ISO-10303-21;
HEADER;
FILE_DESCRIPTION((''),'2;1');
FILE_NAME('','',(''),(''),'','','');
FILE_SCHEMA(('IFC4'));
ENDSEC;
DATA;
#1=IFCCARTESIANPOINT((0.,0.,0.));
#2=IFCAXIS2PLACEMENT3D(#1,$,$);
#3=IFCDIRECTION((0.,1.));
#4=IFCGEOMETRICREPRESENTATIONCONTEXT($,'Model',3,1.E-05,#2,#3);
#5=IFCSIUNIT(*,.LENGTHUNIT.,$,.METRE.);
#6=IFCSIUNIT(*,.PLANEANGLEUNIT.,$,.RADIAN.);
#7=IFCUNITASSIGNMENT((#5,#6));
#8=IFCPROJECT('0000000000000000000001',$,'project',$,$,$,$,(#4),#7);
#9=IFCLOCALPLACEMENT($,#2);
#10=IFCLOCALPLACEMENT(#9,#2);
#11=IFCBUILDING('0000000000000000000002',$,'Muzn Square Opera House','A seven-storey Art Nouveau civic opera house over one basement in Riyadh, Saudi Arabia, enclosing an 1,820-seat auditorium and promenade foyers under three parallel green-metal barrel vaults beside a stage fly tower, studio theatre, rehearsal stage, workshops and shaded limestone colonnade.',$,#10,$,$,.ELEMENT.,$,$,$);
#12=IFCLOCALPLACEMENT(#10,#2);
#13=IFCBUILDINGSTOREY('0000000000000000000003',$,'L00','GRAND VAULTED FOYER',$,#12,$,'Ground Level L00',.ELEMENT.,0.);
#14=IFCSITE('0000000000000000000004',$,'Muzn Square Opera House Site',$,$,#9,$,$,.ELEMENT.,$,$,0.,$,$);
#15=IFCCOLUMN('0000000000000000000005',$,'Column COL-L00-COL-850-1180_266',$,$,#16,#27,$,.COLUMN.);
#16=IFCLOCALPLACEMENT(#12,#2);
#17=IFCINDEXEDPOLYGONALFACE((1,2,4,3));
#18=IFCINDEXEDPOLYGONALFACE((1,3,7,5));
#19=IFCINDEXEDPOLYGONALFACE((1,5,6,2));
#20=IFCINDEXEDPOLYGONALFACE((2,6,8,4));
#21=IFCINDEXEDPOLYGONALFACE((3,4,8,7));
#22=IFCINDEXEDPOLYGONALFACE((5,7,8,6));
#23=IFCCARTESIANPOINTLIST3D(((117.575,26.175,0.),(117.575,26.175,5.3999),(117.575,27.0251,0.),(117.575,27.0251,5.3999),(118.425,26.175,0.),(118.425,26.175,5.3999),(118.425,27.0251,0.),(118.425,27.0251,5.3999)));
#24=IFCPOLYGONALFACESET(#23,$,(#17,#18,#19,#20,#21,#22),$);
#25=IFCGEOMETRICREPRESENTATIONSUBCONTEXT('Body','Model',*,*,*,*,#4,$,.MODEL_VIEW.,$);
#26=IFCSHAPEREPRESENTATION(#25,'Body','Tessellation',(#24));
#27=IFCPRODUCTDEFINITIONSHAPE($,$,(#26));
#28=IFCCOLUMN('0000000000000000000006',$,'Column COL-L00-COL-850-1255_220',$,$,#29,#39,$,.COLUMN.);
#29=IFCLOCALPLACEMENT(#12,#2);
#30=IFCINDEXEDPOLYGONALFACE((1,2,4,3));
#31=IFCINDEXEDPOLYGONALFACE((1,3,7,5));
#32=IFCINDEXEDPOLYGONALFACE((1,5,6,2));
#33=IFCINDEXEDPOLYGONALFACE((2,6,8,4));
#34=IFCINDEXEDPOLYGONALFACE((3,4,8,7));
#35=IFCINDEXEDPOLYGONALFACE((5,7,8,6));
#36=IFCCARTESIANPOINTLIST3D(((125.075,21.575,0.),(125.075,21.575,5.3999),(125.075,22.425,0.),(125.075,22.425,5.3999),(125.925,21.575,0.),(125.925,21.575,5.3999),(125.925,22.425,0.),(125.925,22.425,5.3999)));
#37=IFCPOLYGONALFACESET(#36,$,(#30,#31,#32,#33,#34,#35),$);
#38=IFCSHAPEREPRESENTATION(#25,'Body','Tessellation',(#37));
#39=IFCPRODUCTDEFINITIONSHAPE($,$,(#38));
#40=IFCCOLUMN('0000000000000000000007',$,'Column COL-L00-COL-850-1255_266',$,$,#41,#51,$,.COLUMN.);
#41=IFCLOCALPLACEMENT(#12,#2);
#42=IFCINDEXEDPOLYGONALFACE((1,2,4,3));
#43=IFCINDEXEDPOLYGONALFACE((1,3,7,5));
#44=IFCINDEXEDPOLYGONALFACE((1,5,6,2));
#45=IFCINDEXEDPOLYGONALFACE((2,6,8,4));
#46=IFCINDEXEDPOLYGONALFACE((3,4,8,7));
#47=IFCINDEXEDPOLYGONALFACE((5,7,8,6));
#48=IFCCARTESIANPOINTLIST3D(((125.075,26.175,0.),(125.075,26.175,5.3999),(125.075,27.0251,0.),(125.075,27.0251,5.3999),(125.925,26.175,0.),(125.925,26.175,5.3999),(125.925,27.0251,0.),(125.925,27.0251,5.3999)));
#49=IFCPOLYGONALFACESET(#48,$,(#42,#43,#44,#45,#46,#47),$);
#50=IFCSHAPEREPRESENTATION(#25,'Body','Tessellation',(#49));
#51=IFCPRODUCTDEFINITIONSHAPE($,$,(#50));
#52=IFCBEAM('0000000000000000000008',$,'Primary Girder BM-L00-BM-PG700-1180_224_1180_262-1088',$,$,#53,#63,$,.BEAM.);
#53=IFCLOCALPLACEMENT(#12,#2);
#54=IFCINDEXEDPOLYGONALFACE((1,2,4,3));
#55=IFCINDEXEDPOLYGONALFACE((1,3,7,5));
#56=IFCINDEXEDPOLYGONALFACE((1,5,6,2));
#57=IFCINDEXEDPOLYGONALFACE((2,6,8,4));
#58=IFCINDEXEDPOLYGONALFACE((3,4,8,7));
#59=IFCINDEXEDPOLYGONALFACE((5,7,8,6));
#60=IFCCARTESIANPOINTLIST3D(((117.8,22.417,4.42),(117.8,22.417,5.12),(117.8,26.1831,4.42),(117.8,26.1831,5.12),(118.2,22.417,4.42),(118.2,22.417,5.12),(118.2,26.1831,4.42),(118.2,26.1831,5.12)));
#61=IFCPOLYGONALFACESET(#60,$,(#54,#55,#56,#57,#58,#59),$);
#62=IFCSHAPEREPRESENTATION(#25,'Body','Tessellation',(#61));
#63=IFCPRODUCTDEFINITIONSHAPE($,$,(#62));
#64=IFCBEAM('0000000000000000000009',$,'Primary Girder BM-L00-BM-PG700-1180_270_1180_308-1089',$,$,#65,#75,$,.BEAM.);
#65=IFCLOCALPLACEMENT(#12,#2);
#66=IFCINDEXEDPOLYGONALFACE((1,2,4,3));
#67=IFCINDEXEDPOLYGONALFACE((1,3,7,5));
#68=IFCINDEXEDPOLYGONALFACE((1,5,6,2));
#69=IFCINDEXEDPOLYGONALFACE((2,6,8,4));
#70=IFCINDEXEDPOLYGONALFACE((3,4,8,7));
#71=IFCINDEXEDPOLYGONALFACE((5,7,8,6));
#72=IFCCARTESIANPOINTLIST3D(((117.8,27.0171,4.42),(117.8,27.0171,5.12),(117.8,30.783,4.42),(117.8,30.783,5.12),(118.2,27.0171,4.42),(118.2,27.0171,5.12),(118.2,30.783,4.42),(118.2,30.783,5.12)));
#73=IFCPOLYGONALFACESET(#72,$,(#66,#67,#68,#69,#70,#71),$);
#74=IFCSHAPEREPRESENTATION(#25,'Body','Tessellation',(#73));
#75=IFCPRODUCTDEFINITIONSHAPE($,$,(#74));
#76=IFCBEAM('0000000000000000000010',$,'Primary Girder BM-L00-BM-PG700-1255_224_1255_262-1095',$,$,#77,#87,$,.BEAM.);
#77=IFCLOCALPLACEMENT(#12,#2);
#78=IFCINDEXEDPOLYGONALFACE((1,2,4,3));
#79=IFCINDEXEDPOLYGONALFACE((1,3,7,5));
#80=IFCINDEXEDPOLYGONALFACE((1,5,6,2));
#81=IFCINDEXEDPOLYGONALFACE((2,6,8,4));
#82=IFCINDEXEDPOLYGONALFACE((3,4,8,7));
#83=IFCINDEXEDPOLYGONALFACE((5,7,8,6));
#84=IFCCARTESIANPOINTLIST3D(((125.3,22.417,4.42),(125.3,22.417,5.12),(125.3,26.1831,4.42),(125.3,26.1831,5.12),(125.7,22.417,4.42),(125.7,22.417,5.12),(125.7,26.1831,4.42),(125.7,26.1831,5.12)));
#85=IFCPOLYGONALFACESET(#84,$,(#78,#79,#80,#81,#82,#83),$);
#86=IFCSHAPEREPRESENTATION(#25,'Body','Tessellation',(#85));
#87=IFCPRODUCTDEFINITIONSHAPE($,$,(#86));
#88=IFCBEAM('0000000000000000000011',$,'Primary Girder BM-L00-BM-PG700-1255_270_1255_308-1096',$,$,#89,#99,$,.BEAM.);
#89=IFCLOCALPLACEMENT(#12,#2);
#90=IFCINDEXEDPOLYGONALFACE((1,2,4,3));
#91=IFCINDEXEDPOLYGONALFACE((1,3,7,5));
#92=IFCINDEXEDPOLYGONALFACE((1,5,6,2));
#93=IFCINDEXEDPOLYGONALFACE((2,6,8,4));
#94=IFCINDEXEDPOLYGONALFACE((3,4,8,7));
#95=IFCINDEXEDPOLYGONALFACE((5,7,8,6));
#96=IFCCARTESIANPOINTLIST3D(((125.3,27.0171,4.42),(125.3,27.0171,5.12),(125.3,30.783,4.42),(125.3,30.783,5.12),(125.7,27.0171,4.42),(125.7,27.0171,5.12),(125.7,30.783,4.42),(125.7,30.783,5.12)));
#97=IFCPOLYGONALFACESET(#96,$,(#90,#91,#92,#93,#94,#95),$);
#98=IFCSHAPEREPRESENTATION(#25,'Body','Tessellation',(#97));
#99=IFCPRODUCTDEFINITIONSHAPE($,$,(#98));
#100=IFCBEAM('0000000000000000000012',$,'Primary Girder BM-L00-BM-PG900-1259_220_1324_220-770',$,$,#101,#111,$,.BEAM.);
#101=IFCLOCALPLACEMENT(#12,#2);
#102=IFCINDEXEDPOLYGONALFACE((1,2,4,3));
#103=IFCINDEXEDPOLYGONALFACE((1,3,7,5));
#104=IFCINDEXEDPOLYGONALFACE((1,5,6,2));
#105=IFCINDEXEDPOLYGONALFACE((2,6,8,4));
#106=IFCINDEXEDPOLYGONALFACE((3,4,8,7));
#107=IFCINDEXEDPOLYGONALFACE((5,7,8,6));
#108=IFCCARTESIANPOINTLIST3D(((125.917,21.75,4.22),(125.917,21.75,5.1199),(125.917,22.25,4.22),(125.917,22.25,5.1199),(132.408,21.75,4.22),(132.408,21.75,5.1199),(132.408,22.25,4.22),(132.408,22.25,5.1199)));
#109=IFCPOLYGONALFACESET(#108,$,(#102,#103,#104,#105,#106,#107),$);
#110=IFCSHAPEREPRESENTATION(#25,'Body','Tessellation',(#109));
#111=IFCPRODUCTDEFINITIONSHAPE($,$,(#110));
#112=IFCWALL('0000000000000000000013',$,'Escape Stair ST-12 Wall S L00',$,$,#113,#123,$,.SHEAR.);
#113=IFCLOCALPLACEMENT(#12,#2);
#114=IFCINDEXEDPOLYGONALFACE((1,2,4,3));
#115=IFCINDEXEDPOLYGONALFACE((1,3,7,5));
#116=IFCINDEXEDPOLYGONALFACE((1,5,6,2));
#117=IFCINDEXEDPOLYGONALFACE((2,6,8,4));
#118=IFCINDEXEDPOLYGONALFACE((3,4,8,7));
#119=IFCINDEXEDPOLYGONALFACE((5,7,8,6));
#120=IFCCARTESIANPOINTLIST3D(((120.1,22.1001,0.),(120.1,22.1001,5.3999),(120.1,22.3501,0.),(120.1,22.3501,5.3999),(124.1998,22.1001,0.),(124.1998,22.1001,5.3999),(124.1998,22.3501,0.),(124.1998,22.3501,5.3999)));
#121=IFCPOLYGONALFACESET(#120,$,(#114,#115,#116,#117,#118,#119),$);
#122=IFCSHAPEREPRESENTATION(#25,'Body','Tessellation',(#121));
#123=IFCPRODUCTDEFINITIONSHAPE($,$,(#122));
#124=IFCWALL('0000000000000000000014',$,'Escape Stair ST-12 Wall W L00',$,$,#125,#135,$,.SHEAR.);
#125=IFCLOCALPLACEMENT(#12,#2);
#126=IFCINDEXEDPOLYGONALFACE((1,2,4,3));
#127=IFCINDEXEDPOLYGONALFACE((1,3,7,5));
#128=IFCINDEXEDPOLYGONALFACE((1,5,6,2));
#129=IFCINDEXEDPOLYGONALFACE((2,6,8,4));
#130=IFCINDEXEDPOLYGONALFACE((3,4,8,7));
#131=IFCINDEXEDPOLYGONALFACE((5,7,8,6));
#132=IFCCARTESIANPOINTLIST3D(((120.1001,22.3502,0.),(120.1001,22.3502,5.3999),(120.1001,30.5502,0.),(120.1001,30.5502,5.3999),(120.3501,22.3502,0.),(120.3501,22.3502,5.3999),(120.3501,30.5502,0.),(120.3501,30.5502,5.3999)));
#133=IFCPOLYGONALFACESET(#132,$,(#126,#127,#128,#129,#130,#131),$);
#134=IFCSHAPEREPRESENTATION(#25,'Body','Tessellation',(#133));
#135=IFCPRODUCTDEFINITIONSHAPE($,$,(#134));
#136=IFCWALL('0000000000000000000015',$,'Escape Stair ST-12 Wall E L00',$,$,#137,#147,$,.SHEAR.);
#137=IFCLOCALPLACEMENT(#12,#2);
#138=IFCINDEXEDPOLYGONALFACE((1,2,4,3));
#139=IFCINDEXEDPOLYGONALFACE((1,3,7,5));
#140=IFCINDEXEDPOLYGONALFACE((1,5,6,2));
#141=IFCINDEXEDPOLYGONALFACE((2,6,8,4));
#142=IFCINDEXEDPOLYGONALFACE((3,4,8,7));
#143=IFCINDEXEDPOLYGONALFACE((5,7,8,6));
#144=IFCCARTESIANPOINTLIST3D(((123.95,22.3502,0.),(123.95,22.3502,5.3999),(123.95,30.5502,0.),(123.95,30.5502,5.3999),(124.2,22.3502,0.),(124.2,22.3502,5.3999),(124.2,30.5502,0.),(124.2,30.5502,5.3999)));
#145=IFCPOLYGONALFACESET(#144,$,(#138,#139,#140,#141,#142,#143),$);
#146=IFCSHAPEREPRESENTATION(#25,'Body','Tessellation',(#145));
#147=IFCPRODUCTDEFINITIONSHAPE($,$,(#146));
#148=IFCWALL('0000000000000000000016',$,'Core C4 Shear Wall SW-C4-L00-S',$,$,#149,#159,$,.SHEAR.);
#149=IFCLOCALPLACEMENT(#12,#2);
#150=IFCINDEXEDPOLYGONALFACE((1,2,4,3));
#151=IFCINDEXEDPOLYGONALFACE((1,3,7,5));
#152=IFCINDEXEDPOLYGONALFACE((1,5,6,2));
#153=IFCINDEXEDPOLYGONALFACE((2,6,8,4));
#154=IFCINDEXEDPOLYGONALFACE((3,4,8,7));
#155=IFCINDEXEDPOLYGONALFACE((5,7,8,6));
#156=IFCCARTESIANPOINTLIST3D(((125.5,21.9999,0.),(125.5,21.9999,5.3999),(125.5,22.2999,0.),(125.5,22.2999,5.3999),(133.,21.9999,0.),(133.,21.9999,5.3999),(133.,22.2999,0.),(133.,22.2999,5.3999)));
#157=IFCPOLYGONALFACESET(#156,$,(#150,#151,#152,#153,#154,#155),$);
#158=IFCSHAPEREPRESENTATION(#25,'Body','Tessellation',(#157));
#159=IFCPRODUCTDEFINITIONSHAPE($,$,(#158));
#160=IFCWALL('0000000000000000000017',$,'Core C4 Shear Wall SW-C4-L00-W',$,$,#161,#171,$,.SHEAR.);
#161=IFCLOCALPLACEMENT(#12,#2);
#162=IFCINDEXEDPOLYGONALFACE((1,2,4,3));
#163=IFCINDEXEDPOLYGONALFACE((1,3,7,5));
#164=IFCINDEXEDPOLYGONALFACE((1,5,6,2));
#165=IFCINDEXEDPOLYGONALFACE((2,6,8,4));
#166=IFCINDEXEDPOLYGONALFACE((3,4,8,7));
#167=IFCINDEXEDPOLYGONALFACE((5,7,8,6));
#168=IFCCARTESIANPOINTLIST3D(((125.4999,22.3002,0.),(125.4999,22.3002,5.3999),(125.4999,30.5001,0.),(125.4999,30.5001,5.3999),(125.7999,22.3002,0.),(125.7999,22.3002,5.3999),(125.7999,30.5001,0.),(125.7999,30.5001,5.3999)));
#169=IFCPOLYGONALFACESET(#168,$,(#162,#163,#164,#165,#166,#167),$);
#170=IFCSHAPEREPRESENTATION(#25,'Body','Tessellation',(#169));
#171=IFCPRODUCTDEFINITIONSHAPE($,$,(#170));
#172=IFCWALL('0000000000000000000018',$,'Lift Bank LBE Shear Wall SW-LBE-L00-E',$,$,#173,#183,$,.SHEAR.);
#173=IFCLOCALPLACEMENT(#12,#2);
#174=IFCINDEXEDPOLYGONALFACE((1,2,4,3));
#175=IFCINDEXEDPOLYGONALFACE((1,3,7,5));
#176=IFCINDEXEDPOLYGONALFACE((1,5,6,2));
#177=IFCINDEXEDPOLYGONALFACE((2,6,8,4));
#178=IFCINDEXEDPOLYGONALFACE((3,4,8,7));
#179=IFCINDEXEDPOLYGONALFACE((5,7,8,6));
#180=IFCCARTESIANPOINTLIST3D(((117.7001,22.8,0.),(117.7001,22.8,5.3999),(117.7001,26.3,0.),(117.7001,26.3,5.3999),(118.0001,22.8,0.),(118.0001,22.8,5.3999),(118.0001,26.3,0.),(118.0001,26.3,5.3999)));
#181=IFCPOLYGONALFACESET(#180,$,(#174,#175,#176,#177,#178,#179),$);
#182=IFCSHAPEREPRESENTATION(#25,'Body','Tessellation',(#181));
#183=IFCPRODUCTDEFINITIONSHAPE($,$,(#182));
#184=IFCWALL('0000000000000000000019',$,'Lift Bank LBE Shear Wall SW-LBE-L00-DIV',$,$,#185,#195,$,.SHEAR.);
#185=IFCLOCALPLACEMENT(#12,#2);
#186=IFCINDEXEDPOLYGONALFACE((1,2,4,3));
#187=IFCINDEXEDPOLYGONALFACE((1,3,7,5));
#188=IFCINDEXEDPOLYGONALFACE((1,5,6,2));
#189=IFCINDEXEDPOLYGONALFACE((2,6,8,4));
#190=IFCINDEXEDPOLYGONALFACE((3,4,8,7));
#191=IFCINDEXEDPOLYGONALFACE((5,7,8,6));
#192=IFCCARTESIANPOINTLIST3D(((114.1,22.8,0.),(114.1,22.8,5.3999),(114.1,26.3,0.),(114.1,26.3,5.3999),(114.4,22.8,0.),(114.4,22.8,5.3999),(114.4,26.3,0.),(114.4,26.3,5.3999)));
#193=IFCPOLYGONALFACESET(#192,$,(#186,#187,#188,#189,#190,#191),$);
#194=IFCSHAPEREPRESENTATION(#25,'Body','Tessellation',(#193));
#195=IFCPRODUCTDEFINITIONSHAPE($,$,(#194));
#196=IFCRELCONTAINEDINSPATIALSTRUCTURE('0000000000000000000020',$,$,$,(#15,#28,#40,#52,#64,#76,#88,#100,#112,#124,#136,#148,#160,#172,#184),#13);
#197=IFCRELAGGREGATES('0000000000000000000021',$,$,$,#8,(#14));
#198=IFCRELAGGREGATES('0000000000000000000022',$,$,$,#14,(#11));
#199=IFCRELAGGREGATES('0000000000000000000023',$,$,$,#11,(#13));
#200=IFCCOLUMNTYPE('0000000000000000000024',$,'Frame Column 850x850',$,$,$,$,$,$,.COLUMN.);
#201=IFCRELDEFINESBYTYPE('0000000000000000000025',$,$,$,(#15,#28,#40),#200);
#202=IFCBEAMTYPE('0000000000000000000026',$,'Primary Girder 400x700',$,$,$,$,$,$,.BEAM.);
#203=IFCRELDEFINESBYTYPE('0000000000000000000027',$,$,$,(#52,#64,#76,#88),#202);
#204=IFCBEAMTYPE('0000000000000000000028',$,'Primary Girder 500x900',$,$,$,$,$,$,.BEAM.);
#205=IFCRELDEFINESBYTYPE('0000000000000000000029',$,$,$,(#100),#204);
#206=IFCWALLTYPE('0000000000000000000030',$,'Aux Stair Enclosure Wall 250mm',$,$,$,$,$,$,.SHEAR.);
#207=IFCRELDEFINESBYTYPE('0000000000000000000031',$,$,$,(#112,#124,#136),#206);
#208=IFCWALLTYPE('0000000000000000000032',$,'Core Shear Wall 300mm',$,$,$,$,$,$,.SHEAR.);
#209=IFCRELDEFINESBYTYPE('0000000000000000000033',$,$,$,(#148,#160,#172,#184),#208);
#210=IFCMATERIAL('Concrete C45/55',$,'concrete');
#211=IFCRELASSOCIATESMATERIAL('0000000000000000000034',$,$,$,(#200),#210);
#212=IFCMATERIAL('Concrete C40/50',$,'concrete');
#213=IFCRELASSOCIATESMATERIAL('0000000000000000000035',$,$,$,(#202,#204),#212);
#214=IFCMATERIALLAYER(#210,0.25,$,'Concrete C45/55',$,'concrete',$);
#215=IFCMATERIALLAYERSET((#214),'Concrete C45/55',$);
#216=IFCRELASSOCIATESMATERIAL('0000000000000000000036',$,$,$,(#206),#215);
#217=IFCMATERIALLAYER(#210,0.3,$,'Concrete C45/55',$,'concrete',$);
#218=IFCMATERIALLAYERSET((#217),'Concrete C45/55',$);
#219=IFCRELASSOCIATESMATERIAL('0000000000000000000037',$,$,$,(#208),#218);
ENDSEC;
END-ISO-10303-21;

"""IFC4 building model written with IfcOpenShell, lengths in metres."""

from ifc_helpers import new_model, si_unit, direction, frame, frame_2d, origin, origin_2d, place, context, subcontext, project, spatial, rectangle, extrude, material, layer, layer_set, material_profile, profile_set, type_object, element, save


model = new_model("IFC4")

# Units and contexts
model_context = context("Model", 3, precision=1e-05, world=origin(), true_north=direction((0.0, 1.0)))
body_context = subcontext(model_context, "Body", "Model", "MODEL_VIEW")
ifc_project = project(units=[si_unit("LENGTHUNIT", "METRE"), si_unit("PLANEANGLEUNIT", "RADIAN")], contexts=[model_context])

# Site, building, storey
site_placement = place(None, origin())
site = spatial("IfcSite", under=ifc_project, at=site_placement, Name="Muzn Square Opera House Site", CompositionType="ELEMENT", RefElevation=0.0)
building_placement = place(site_placement, origin())
building = spatial("IfcBuilding", under=site, at=building_placement, Name="Muzn Square Opera House", Description="A seven-storey Art Nouveau civic opera house over one basement in Riyadh, Saudi Arabia, enclosing an 1,820-seat auditorium and promenade foyers under three parallel green-metal barrel vaults beside a stage fly tower, studio theatre, rehearsal stage, workshops and shaded limestone colonnade.", CompositionType="ELEMENT")
storey_placement = place(building_placement, origin())
storey = spatial("IfcBuildingStorey", under=building, at=storey_placement, Name="L00", Description="GRAND VAULTED FOYER", LongName="Ground Level L00", CompositionType="ELEMENT", Elevation=0.0)

# Columns
ifc_material_1 = material(Name="Concrete C45/55", Category="concrete")
ifc_material_profile_1 = material_profile(ifc_material_1, rectangle(XDim=0.8501, YDim=0.8501, at=origin_2d()), Name="RC 850x850", Category="concrete")
ifc_profile_set_1 = profile_set([ifc_material_profile_1], Name="Concrete C45/55")
column_type = type_object("IfcColumnType", Name="Frame Column 850x850", PredefinedType="COLUMN", material=ifc_profile_set_1)
for number, where, z_axis, x_axis, name in (
    (1, (118.0, 26.6001, 0.0), (0.0, 0.0, 1.0), (1.0, 0.0, 0.0), "Column COL-L00-COL-850-1180_266"),
    (2, (125.5, 22.0, 0.0), (0.0, 0.0, 1.0), (1.0, 0.0, 0.0), "Column COL-L00-COL-850-1255_220"),
    (3, (125.5, 26.6001, 0.0), (0.0, 0.0, 1.0), (1.0, 0.0, 0.0), "Column COL-L00-COL-850-1255_266"),
):
    element("IfcColumn", number, at=place(storey_placement, frame(where, z_axis=z_axis, x_axis=x_axis)), inside=storey, type_object=column_type, Name=name, PredefinedType="COLUMN", context=body_context, shape_type="SweptSolid", body=[
        extrude(rectangle(XDim=0.8501, YDim=0.8501, at=origin_2d()), origin(), (0.0, 0.0, 1.0), 5.3999),
    ])

# Beams
ifc_material_2 = material(Name="Concrete C40/50", Category="concrete")
ifc_material_profile_2 = material_profile(ifc_material_2, rectangle(XDim=0.3999, YDim=0.7, at=origin_2d()), Name="RCB 400x700", Category="concrete")
ifc_profile_set_2 = profile_set([ifc_material_profile_2], Name="Concrete C40/50")
beam_type_1 = type_object("IfcBeamType", Name="Primary Girder 400x700", PredefinedType="BEAM", material=ifc_profile_set_2)
beam_1_placement = place(storey_placement, frame((118.0, 22.417, 4.77), z_axis=(0.0, 1.0, 0.0), x_axis=(-1.0, 0.0, 0.0)))
element("IfcBeam", 4, at=beam_1_placement, inside=storey, type_object=beam_type_1, Name="Primary Girder BM-L00-BM-PG700-1180_224_1180_262-1088", PredefinedType="BEAM", context=body_context, shape_type="SweptSolid", body=[
    extrude(rectangle(XDim=0.3999, YDim=0.7, at=origin_2d()), origin(), (0.0, 0.0, 1.0), 3.7661),
])
beam_2_placement = place(storey_placement, frame((118.0, 27.0171, 4.77), z_axis=(0.0, 1.0, 0.0), x_axis=(-1.0, 0.0, 0.0)))
element("IfcBeam", 5, at=beam_2_placement, inside=storey, type_object=beam_type_1, Name="Primary Girder BM-L00-BM-PG700-1180_270_1180_308-1089", PredefinedType="BEAM", context=body_context, shape_type="SweptSolid", body=[
    extrude(rectangle(XDim=0.3999, YDim=0.7, at=origin_2d()), origin(), (0.0, 0.0, 1.0), 3.7659),
])
beam_3_placement = place(storey_placement, frame((125.5, 22.417, 4.77), z_axis=(0.0, 1.0, 0.0), x_axis=(-1.0, 0.0, 0.0)))
element("IfcBeam", 6, at=beam_3_placement, inside=storey, type_object=beam_type_1, Name="Primary Girder BM-L00-BM-PG700-1255_224_1255_262-1095", PredefinedType="BEAM", context=body_context, shape_type="SweptSolid", body=[
    extrude(rectangle(XDim=0.3999, YDim=0.7, at=origin_2d()), origin(), (0.0, 0.0, 1.0), 3.7661),
])
beam_4_placement = place(storey_placement, frame((125.5, 27.0171, 4.77), z_axis=(0.0, 1.0, 0.0), x_axis=(-1.0, 0.0, 0.0)))
element("IfcBeam", 7, at=beam_4_placement, inside=storey, type_object=beam_type_1, Name="Primary Girder BM-L00-BM-PG700-1255_270_1255_308-1096", PredefinedType="BEAM", context=body_context, shape_type="SweptSolid", body=[
    extrude(rectangle(XDim=0.3999, YDim=0.7, at=origin_2d()), origin(), (0.0, 0.0, 1.0), 3.7659),
])
ifc_material_profile_3 = material_profile(ifc_material_2, rectangle(XDim=0.5, YDim=0.8999, at=origin_2d()), Name="RCB 500x900", Category="concrete")
ifc_profile_set_3 = profile_set([ifc_material_profile_3], Name="Concrete C40/50")
beam_type_2 = type_object("IfcBeamType", Name="Primary Girder 500x900", PredefinedType="BEAM", material=ifc_profile_set_3)
beam_5_placement = place(storey_placement, frame((125.917, 22.0, 4.6699), z_axis=(1.0, 0.0, 0.0), x_axis=(0.0, 1.0, 0.0)))
element("IfcBeam", 8, at=beam_5_placement, inside=storey, type_object=beam_type_2, Name="Primary Girder BM-L00-BM-PG900-1259_220_1324_220-770", PredefinedType="BEAM", context=body_context, shape_type="SweptSolid", body=[
    extrude(rectangle(XDim=0.5, YDim=0.8999, at=origin_2d()), origin(), (0.0, 0.0, 1.0), 6.491),
])

# Walls
ifc_layer_1 = layer(ifc_material_1, 0.25, Name="Concrete C45/55", Category="concrete")
ifc_layer_set_1 = layer_set([ifc_layer_1], Name="Concrete C45/55")
wall_type_1 = type_object("IfcWallType", Name="Aux Stair Enclosure Wall 250mm", PredefinedType="SHEAR", material=ifc_layer_set_1)
wall_1_placement = place(storey_placement, frame((120.1001, 22.2251, 0.0), z_axis=(0.0, 0.0, 1.0), x_axis=(1.0, 0.0, 0.0)))
element("IfcWall", 9, at=wall_1_placement, inside=storey, type_object=wall_type_1, Name="Escape Stair ST-12 Wall S L00", PredefinedType="SHEAR", context=body_context, shape_type="SweptSolid", body=[
    extrude(rectangle(XDim=4.0999, YDim=0.25, at=frame_2d((2.0498, 0.0))), origin(), (0.0, 0.0, 1.0), 5.3999),
])
for number, where, z_axis, x_axis, name in (
    (10, (120.2251, 22.3501, 0.0), (0.0, 0.0, 1.0), (0.0, 1.0, 0.0), "Escape Stair ST-12 Wall W L00"),
    (11, (124.075, 22.3501, 0.0), (0.0, 0.0, 1.0), (0.0, 1.0, 0.0), "Escape Stair ST-12 Wall E L00"),
):
    element("IfcWall", number, at=place(storey_placement, frame(where, z_axis=z_axis, x_axis=x_axis)), inside=storey, type_object=wall_type_1, Name=name, PredefinedType="SHEAR", context=body_context, shape_type="SweptSolid", body=[
        extrude(rectangle(XDim=8.2, YDim=0.25, at=frame_2d((4.1001, 0.0))), origin(), (0.0, 0.0, 1.0), 5.3999),
    ])
ifc_layer_2 = layer(ifc_material_1, 0.3, Name="Concrete C45/55", Category="concrete")
ifc_layer_set_2 = layer_set([ifc_layer_2], Name="Concrete C45/55")
wall_type_2 = type_object("IfcWallType", Name="Core Shear Wall 300mm", PredefinedType="SHEAR", material=ifc_layer_set_2)
wall_2_placement = place(storey_placement, frame((125.5, 22.1499, 0.0), z_axis=(0.0, 0.0, 1.0), x_axis=(1.0, 0.0, 0.0)))
element("IfcWall", 12, at=wall_2_placement, inside=storey, type_object=wall_type_2, Name="Core C4 Shear Wall SW-C4-L00-S", PredefinedType="SHEAR", context=body_context, shape_type="SweptSolid", body=[
    extrude(rectangle(XDim=7.5, YDim=0.3, at=frame_2d((3.75, 0.0))), origin(), (0.0, 0.0, 1.0), 5.3999),
])
wall_3_placement = place(storey_placement, frame((125.6499, 22.3, 0.0), z_axis=(0.0, 0.0, 1.0), x_axis=(0.0, 1.0, 0.0)))
element("IfcWall", 13, at=wall_3_placement, inside=storey, type_object=wall_type_2, Name="Core C4 Shear Wall SW-C4-L00-W", PredefinedType="SHEAR", context=body_context, shape_type="SweptSolid", body=[
    extrude(rectangle(XDim=8.2, YDim=0.3, at=frame_2d((4.1001, 0.0))), origin(), (0.0, 0.0, 1.0), 5.3999),
])
for number, where, z_axis, x_axis, name in (
    (14, (117.8501, 22.8, 0.0), (0.0, 0.0, 1.0), (0.0, 1.0, 0.0), "Lift Bank LBE Shear Wall SW-LBE-L00-E"),
    (15, (114.25, 22.8, 0.0), (0.0, 0.0, 1.0), (0.0, 1.0, 0.0), "Lift Bank LBE Shear Wall SW-LBE-L00-DIV"),
):
    element("IfcWall", number, at=place(storey_placement, frame(where, z_axis=z_axis, x_axis=x_axis)), inside=storey, type_object=wall_type_2, Name=name, PredefinedType="SHEAR", context=body_context, shape_type="SweptSolid", body=[
        extrude(rectangle(XDim=3.5, YDim=0.3, at=frame_2d((1.75, 0.0))), origin(), (0.0, 0.0, 1.0), 5.3999),
    ])

save(model, "model.ifc")
